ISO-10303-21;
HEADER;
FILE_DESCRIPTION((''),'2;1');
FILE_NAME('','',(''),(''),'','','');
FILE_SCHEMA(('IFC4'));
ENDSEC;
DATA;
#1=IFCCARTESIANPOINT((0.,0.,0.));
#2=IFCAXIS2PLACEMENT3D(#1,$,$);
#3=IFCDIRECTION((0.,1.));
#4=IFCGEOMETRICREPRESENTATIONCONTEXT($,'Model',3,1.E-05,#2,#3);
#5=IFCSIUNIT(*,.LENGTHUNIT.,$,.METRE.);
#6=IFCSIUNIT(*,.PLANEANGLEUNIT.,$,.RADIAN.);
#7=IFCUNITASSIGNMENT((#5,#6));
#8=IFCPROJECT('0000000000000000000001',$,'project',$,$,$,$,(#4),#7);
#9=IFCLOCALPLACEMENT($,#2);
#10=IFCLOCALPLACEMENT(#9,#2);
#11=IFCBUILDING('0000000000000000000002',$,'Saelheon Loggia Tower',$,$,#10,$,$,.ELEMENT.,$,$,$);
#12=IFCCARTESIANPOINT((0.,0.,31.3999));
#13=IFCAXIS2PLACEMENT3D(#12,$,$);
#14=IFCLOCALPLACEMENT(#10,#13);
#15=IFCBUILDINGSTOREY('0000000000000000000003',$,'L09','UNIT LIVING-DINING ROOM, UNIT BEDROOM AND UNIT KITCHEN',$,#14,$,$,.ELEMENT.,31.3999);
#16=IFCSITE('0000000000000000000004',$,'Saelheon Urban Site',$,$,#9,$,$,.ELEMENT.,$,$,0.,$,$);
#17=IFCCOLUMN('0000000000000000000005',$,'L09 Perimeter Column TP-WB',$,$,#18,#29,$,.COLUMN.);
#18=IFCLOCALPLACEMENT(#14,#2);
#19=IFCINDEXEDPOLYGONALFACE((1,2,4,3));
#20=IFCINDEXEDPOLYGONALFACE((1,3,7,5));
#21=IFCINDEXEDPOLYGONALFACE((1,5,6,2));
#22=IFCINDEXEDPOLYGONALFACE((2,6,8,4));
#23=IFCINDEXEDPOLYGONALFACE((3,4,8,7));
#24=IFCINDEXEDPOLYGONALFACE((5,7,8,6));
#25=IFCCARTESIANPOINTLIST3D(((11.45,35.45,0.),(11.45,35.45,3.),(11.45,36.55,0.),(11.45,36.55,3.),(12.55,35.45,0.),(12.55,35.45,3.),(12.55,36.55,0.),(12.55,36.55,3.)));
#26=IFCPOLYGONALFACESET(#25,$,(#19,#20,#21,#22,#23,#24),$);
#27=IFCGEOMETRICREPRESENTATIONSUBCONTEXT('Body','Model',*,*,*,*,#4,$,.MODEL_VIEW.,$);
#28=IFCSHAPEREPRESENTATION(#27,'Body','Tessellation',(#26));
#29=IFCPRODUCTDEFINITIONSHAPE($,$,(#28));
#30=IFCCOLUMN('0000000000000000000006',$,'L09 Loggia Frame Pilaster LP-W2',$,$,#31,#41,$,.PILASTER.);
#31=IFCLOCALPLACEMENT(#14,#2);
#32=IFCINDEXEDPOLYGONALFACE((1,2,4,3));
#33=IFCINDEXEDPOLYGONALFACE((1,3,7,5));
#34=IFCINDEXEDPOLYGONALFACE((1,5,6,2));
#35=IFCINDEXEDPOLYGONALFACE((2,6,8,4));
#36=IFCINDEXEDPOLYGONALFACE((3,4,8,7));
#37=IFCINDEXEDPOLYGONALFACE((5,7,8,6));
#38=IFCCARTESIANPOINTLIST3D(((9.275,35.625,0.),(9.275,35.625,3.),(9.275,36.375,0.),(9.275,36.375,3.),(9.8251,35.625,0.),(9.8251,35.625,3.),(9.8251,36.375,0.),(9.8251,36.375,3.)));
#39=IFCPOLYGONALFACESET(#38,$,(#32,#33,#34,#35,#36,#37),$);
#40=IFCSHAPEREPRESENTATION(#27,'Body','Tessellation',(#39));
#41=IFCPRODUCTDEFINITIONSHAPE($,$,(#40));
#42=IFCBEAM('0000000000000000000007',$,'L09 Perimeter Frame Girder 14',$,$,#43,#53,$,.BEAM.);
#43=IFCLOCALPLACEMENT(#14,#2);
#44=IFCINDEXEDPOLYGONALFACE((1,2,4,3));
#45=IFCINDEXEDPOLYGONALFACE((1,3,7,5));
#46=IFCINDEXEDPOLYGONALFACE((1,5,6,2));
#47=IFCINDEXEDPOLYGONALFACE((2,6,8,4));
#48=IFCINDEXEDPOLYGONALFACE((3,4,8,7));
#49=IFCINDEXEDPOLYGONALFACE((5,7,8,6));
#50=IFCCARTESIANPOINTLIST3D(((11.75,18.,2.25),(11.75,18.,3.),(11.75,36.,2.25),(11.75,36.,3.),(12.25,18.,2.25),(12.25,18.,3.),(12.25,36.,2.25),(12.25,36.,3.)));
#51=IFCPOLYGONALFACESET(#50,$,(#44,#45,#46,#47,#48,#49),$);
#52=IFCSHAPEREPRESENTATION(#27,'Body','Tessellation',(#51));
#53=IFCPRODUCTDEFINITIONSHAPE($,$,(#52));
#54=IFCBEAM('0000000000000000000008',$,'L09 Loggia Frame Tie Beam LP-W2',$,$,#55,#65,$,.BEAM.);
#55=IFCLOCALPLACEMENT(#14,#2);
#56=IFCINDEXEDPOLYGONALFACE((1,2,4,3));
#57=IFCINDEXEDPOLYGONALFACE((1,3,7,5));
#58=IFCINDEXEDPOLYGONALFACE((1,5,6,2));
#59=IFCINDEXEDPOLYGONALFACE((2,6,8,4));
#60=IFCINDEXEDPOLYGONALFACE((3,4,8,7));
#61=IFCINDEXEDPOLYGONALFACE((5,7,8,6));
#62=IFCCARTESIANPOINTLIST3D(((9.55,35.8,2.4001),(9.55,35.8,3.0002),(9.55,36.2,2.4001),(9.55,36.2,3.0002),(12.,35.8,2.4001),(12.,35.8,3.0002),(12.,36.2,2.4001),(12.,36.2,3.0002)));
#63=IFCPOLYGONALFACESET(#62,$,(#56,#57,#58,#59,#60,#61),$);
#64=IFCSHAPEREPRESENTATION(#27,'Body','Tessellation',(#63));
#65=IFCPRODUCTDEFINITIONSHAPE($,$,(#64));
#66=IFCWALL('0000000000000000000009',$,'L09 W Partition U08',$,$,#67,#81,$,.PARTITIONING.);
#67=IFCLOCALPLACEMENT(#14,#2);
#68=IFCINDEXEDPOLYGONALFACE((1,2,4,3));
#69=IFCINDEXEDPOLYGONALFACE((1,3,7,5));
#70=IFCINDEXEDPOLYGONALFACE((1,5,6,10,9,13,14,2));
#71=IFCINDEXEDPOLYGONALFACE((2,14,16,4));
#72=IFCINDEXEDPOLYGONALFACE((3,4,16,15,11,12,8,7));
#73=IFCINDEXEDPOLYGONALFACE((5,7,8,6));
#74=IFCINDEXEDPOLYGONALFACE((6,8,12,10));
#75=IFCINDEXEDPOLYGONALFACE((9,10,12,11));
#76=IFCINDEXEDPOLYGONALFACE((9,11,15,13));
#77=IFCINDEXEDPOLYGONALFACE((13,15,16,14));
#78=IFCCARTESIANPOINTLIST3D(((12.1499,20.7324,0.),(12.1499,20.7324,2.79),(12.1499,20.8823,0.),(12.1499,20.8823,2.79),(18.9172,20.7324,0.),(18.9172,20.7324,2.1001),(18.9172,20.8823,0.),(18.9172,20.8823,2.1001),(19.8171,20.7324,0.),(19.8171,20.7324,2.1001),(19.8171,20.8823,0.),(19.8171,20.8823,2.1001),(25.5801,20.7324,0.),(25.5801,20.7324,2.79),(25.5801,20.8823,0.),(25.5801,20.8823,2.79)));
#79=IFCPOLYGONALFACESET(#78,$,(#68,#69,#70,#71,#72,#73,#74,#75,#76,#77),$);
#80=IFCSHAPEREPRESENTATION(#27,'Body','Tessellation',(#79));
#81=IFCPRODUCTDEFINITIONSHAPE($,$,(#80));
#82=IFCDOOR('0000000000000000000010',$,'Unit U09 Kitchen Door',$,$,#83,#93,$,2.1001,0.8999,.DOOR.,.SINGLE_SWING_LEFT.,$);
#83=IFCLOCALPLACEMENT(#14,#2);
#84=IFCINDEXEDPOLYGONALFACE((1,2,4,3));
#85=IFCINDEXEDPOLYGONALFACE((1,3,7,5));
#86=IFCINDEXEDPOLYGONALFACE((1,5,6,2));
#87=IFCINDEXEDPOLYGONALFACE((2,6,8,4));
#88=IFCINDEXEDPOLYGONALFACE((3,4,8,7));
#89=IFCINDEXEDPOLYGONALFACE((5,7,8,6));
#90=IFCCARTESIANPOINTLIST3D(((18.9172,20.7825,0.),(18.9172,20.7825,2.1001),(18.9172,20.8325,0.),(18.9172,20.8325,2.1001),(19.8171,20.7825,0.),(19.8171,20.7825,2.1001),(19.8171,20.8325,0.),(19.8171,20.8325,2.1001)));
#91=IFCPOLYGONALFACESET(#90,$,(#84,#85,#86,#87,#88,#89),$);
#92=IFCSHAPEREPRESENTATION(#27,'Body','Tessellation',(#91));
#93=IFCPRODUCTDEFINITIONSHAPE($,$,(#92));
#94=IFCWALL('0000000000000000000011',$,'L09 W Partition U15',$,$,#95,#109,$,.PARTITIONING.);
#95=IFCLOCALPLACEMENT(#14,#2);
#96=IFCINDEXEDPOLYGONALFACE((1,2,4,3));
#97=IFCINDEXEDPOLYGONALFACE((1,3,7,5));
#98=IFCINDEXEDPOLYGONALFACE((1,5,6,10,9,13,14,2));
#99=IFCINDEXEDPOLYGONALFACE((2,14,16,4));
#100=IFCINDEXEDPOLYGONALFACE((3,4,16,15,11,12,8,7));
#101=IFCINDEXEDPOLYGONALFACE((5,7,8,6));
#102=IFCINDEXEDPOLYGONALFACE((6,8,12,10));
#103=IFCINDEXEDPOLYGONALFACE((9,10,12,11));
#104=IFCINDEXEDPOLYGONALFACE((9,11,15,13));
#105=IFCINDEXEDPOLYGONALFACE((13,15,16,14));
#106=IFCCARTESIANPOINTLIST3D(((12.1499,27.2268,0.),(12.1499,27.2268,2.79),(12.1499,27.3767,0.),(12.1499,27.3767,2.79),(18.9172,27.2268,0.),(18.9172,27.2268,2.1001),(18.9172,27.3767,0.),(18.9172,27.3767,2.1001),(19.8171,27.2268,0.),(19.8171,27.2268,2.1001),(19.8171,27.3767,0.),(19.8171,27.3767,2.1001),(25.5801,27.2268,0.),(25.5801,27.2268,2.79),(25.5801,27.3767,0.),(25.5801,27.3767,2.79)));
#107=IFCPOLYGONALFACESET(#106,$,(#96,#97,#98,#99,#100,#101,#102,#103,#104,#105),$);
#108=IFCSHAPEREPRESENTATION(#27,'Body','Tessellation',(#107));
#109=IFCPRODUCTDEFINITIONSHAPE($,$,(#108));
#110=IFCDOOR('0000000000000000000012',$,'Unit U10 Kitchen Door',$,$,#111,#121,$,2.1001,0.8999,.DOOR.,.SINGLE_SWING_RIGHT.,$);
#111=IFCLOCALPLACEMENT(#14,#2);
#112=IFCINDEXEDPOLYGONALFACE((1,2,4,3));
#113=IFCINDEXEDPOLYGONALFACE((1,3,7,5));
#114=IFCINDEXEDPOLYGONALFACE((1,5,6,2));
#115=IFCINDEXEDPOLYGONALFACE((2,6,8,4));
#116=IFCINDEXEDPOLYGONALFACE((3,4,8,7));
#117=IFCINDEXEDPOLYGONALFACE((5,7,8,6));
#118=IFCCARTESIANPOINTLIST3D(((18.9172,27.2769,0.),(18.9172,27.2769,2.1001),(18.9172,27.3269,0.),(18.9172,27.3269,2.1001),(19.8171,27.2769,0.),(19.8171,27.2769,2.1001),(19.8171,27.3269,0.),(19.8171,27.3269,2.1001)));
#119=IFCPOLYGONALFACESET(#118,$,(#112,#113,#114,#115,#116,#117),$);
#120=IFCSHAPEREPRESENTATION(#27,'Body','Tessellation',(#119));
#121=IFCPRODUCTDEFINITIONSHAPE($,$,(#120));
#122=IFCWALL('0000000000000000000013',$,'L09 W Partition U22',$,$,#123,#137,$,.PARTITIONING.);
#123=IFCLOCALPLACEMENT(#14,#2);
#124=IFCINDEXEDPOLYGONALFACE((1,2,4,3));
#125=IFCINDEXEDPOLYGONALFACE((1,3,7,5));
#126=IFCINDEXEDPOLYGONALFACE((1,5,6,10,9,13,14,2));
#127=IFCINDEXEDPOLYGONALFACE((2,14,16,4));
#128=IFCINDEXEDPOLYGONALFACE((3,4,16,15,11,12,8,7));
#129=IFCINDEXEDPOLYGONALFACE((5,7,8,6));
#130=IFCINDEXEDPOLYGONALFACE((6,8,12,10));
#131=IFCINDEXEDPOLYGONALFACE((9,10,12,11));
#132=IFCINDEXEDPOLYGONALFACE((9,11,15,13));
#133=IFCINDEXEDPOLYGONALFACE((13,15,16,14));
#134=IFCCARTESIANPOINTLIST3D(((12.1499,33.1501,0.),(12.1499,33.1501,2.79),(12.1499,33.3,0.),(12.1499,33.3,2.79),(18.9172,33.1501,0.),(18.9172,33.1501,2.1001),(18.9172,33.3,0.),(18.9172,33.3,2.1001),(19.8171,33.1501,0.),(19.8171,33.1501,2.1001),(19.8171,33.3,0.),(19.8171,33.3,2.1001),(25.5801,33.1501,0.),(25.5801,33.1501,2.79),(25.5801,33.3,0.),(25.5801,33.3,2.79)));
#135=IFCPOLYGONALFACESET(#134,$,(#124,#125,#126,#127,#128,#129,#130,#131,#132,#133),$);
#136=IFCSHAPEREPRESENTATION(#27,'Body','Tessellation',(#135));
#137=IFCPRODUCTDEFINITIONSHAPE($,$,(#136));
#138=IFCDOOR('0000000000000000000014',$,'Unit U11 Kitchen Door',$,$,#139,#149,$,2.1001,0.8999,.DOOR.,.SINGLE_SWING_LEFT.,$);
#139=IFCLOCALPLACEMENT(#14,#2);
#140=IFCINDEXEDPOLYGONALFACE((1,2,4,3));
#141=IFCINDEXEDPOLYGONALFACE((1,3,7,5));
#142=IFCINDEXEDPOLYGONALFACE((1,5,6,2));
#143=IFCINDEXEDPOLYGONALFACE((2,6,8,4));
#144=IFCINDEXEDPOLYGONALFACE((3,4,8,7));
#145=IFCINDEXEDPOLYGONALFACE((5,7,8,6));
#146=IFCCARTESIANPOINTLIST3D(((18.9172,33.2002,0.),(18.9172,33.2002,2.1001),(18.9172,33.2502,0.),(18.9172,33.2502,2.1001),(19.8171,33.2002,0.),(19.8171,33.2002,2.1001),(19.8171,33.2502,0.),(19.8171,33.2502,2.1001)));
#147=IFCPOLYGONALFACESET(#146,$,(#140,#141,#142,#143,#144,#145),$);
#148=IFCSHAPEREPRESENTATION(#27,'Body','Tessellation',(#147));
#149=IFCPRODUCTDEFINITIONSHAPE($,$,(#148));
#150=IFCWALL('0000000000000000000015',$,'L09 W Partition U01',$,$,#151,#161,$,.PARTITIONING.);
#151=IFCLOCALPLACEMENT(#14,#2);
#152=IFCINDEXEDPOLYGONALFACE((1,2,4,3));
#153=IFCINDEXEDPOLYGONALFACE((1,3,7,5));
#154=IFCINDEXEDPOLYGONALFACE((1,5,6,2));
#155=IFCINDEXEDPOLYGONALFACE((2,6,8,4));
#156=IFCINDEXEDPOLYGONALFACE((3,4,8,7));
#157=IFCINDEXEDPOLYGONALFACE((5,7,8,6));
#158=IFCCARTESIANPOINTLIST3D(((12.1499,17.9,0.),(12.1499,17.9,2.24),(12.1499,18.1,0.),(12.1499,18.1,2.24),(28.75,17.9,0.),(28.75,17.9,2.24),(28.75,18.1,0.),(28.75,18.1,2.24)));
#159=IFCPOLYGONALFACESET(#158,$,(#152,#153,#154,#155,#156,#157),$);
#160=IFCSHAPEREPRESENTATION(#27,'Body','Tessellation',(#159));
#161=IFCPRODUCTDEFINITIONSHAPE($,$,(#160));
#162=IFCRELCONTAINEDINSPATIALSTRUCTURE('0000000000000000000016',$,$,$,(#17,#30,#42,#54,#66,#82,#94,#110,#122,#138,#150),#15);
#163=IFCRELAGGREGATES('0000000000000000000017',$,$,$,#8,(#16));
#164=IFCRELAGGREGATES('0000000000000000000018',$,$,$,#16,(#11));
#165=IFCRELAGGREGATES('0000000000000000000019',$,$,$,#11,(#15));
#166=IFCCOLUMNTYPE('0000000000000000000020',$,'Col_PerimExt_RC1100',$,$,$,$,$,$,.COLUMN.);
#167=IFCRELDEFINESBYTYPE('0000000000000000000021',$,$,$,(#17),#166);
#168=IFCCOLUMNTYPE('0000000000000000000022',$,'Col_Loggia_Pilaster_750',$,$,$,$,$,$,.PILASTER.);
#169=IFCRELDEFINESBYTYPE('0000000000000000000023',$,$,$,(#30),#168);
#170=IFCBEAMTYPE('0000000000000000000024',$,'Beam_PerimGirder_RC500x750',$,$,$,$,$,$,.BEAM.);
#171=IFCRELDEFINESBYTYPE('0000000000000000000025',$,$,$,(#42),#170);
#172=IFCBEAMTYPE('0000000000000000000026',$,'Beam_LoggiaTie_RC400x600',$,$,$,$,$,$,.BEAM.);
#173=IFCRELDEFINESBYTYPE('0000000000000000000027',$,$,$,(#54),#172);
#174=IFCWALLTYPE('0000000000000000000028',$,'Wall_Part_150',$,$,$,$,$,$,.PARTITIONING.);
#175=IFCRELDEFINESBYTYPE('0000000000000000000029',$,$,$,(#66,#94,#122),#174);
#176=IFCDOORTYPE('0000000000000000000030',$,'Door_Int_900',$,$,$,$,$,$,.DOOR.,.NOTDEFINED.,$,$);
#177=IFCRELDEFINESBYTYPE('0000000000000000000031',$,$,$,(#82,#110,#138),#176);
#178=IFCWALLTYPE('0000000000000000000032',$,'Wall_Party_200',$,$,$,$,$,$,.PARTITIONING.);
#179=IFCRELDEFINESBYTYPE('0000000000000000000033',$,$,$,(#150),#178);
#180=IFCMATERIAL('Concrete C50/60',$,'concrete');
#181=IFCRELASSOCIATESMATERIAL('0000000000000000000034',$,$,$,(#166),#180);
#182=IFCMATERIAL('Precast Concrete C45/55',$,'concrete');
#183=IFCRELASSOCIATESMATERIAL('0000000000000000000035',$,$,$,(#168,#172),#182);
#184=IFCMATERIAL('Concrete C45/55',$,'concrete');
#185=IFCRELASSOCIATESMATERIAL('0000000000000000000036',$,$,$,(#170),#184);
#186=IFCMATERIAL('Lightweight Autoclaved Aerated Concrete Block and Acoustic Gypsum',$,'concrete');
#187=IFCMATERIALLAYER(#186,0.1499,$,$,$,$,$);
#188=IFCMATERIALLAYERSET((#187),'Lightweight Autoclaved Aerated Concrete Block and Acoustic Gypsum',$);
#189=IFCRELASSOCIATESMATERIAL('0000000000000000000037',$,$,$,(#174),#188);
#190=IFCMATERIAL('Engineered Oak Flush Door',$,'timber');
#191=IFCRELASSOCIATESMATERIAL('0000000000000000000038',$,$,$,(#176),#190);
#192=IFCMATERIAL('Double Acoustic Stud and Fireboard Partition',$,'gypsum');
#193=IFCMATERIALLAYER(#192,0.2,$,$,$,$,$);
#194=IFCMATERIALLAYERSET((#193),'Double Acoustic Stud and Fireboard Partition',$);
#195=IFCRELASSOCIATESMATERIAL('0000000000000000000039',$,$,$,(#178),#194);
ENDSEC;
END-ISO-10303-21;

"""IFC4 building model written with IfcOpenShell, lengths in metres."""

from ifc_helpers import new_model, si_unit, direction, frame, frame_2d, origin, origin_2d, place, context, subcontext, project, spatial, rectangle, extrude, source, transform, mapped, material, layer, layer_set, material_profile, profile_set, type_object, element, fill, save


model = new_model("IFC4")

# Units and contexts
model_context = context("Model", 3, precision=1e-05, world=origin(), true_north=direction((0.0, 1.0)))
body_context = subcontext(model_context, "Body", "Model", "MODEL_VIEW")
ifc_project = project(units=[si_unit("LENGTHUNIT", "METRE"), si_unit("PLANEANGLEUNIT", "RADIAN")], contexts=[model_context])

# Site, building, storey
site_placement = place(None, origin())
site = spatial("IfcSite", under=ifc_project, at=site_placement, Name="Saelheon Urban Site", CompositionType="ELEMENT", RefElevation=0.0)
building_placement = place(site_placement, origin())
building = spatial("IfcBuilding", under=site, at=building_placement, Name="Saelheon Loggia Tower", CompositionType="ELEMENT")
storey_placement = place(building_placement, frame((0.0, 0.0, 31.3999)))
storey = spatial("IfcBuildingStorey", under=building, at=storey_placement, Name="L09", Description="UNIT LIVING-DINING ROOM, UNIT BEDROOM AND UNIT KITCHEN", CompositionType="ELEMENT", Elevation=31.3999)

# Columns
ifc_material_1 = material(Name="Concrete C50/60", Category="concrete")
ifc_material_profile_1 = material_profile(ifc_material_1, rectangle(XDim=1.1001, YDim=1.1001, at=origin_2d()), Name="RC-1100x1100")
ifc_profile_set_1 = profile_set([ifc_material_profile_1], Name="Concrete C50/60")
column_type_1 = type_object("IfcColumnType", Name="Col_PerimExt_RC1100", PredefinedType="COLUMN", material=ifc_profile_set_1)
shared_shape_1 = source(origin(), body_context, "Body", "SweptSolid", [
    extrude(rectangle(XDim=1.1001, YDim=1.1001, at=origin_2d()), origin(), (0.0, 0.0, 1.0), 3.0),
])
column_1_placement = place(storey_placement, frame((12.0, 36.0, 0.0), z_axis=(0.0, 0.0, 1.0), x_axis=(1.0, 0.0, 0.0)))
element("IfcColumn", 1, at=column_1_placement, inside=storey, type_object=column_type_1, Name="L09 Perimeter Column TP-WB", PredefinedType="COLUMN", context=body_context, shape_type="MappedRepresentation", body=[
    mapped(shared_shape_1, transform((0.0, 0.0, 0.0), scale=1.0)),
])
ifc_material_2 = material(Name="Precast Concrete C45/55", Category="concrete")
ifc_material_profile_2 = material_profile(ifc_material_2, rectangle(XDim=0.55, YDim=0.75, at=origin_2d()), Name="RC-550x750")
ifc_profile_set_2 = profile_set([ifc_material_profile_2], Name="Precast Concrete C45/55")
column_type_2 = type_object("IfcColumnType", Name="Col_Loggia_Pilaster_750", PredefinedType="PILASTER", material=ifc_profile_set_2)
shared_shape_2 = source(origin(), body_context, "Body", "SweptSolid", [
    extrude(rectangle(XDim=0.55, YDim=0.75, at=origin_2d()), origin(), (0.0, 0.0, 1.0), 3.0),
])
column_2_placement = place(storey_placement, frame((9.55, 36.0, 0.0), z_axis=(0.0, 0.0, 1.0), x_axis=(1.0, 0.0, 0.0)))
element("IfcColumn", 2, at=column_2_placement, inside=storey, type_object=column_type_2, Name="L09 Loggia Frame Pilaster LP-W2", PredefinedType="PILASTER", context=body_context, shape_type="MappedRepresentation", body=[
    mapped(shared_shape_2, transform((0.0, 0.0, 0.0), scale=1.0)),
])

# Beams
ifc_material_3 = material(Name="Concrete C45/55", Category="concrete")
ifc_material_profile_3 = material_profile(ifc_material_3, rectangle(XDim=0.5, YDim=0.75, at=origin_2d()), Name="RC-500x750")
ifc_profile_set_3 = profile_set([ifc_material_profile_3], Name="Concrete C45/55")
beam_type_1 = type_object("IfcBeamType", Name="Beam_PerimGirder_RC500x750", PredefinedType="BEAM", material=ifc_profile_set_3)
shared_shape_3 = source(origin(), body_context, "Body", "SweptSolid", [
    extrude(rectangle(XDim=0.5, YDim=0.75, at=origin_2d()), origin(), (0.0, 0.0, 1.0), 18.0),
])
beam_1_placement = place(storey_placement, frame((12.0, 36.0, 2.625), z_axis=(0.0, -1.0, 0.0), x_axis=(1.0, 0.0, 0.0)))
element("IfcBeam", 3, at=beam_1_placement, inside=storey, type_object=beam_type_1, Name="L09 Perimeter Frame Girder 14", PredefinedType="BEAM", context=body_context, shape_type="MappedRepresentation", body=[
    mapped(shared_shape_3, transform((0.0, 0.0, 0.0), scale=1.0)),
])
ifc_material_profile_4 = material_profile(ifc_material_2, rectangle(XDim=0.3999, YDim=0.6001, at=origin_2d()), Name="RC-400x600")
ifc_profile_set_4 = profile_set([ifc_material_profile_4], Name="Precast Concrete C45/55")
beam_type_2 = type_object("IfcBeamType", Name="Beam_LoggiaTie_RC400x600", PredefinedType="BEAM", material=ifc_profile_set_4)
shared_shape_4 = source(origin(), body_context, "Body", "SweptSolid", [
    extrude(rectangle(XDim=0.3999, YDim=0.6001, at=origin_2d()), origin(), (0.0, 0.0, 1.0), 2.45),
])
beam_2_placement = place(storey_placement, frame((12.0, 36.0, 2.7002), z_axis=(-1.0, 0.0, 0.0), x_axis=(0.0, -1.0, 0.0)))
element("IfcBeam", 4, at=beam_2_placement, inside=storey, type_object=beam_type_2, Name="L09 Loggia Frame Tie Beam LP-W2", PredefinedType="BEAM", context=body_context, shape_type="MappedRepresentation", body=[
    mapped(shared_shape_4, transform((0.0, 0.0, 0.0), scale=1.0)),
])

# Walls, openings, doors
ifc_material_4 = material(Name="Lightweight Autoclaved Aerated Concrete Block and Acoustic Gypsum", Category="concrete")
ifc_layer_1 = layer(ifc_material_4, 0.1499)
ifc_layer_set_1 = layer_set([ifc_layer_1], Name="Lightweight Autoclaved Aerated Concrete Block and Acoustic Gypsum")
wall_type_1 = type_object("IfcWallType", Name="Wall_Part_150", PredefinedType="PARTITIONING", material=ifc_layer_set_1)
wall_1_placement = place(storey_placement, frame((25.5801, 20.8074, 0.0), z_axis=(0.0, 0.0, 1.0), x_axis=(-1.0, 0.0, 0.0)))
wall_1 = element("IfcWall", 5, at=wall_1_placement, inside=storey, type_object=wall_type_1, Name="L09 W Partition U08", PredefinedType="PARTITIONING", context=body_context, shape_type="SweptSolid", body=[
    extrude(rectangle(XDim=13.4302, YDim=0.1499, at=frame_2d((6.7151, 0.0))), origin(), (0.0, 0.0, 1.0), 2.79),
])
opening_1_placement = place(wall_1_placement, frame((5.7629, 0.0, 0.0)))
opening_1 = element("IfcOpeningElement", 6, at=opening_1_placement, cuts=wall_1, PredefinedType="OPENING", context=body_context, shape_type="SweptSolid", body=[
    extrude(rectangle(XDim=0.8999, YDim=2.1001, at=frame_2d((0.45, 1.05))), frame((0.0, 0.0869, 0.0), z_axis=(0.0, -1.0, 0.0), x_axis=(1.0, 0.0, 0.0)), (0.0, 0.0, 1.0), 0.1738),
])
ifc_material_5 = material(Name="Engineered Oak Flush Door", Category="timber")
door_type_1 = type_object("IfcDoorType", Name="Door_Int_900", OperationType="NOTDEFINED", PredefinedType="DOOR", material=ifc_material_5)
shared_shape_5 = source(origin(), body_context, "Body", "SweptSolid", [
    extrude(rectangle(XDim=0.8999, YDim=2.1001, at=frame_2d((0.45, 1.05))), frame((0.0, 0.0249, 0.0), z_axis=(0.0, -1.0, 0.0), x_axis=(1.0, 0.0, 0.0)), (0.0, 0.0, 1.0), 0.05),
])
door_1_placement = place(opening_1_placement, origin())
door_1 = element("IfcDoor", 7, at=door_1_placement, inside=storey, type_object=door_type_1, Name="Unit U09 Kitchen Door", OperationType="SINGLE_SWING_LEFT", OverallHeight=2.1001, OverallWidth=0.8999, PredefinedType="DOOR", context=body_context, shape_type="MappedRepresentation", body=[
    mapped(shared_shape_5, transform((0.0, 0.0, 0.0), scale=1.0)),
])
fill(opening_1, door_1)
wall_2_placement = place(storey_placement, frame((25.5801, 27.3018, 0.0), z_axis=(0.0, 0.0, 1.0), x_axis=(-1.0, 0.0, 0.0)))
wall_2 = element("IfcWall", 8, at=wall_2_placement, inside=storey, type_object=wall_type_1, Name="L09 W Partition U15", PredefinedType="PARTITIONING", context=body_context, shape_type="SweptSolid", body=[
    extrude(rectangle(XDim=13.4302, YDim=0.1499, at=frame_2d((6.7151, 0.0))), origin(), (0.0, 0.0, 1.0), 2.79),
])
opening_2_placement = place(wall_2_placement, frame((5.7629, 0.0, 0.0)))
opening_2 = element("IfcOpeningElement", 9, at=opening_2_placement, cuts=wall_2, PredefinedType="OPENING", context=body_context, shape_type="SweptSolid", body=[
    extrude(rectangle(XDim=0.8999, YDim=2.1001, at=frame_2d((0.45, 1.05))), frame((0.0, 0.0869, 0.0), z_axis=(0.0, -1.0, 0.0), x_axis=(1.0, 0.0, 0.0)), (0.0, 0.0, 1.0), 0.1738),
])
door_2_placement = place(opening_2_placement, origin())
door_2 = element("IfcDoor", 10, at=door_2_placement, inside=storey, type_object=door_type_1, Name="Unit U10 Kitchen Door", OperationType="SINGLE_SWING_RIGHT", OverallHeight=2.1001, OverallWidth=0.8999, PredefinedType="DOOR", context=body_context, shape_type="MappedRepresentation", body=[
    mapped(shared_shape_5, transform((0.0, 0.0, 0.0), scale=1.0)),
])
fill(opening_2, door_2)
wall_3_placement = place(storey_placement, frame((25.5801, 33.2251, 0.0), z_axis=(0.0, 0.0, 1.0), x_axis=(-1.0, 0.0, 0.0)))
wall_3 = element("IfcWall", 11, at=wall_3_placement, inside=storey, type_object=wall_type_1, Name="L09 W Partition U22", PredefinedType="PARTITIONING", context=body_context, shape_type="SweptSolid", body=[
    extrude(rectangle(XDim=13.4302, YDim=0.1499, at=frame_2d((6.7151, 0.0))), origin(), (0.0, 0.0, 1.0), 2.79),
])
opening_3_placement = place(wall_3_placement, frame((5.7629, 0.0, 0.0)))
opening_3 = element("IfcOpeningElement", 12, at=opening_3_placement, cuts=wall_3, PredefinedType="OPENING", context=body_context, shape_type="SweptSolid", body=[
    extrude(rectangle(XDim=0.8999, YDim=2.1001, at=frame_2d((0.45, 1.05))), frame((0.0, 0.0869, 0.0), z_axis=(0.0, -1.0, 0.0), x_axis=(1.0, 0.0, 0.0)), (0.0, 0.0, 1.0), 0.1738),
])
door_3_placement = place(opening_3_placement, origin())
door_3 = element("IfcDoor", 13, at=door_3_placement, inside=storey, type_object=door_type_1, Name="Unit U11 Kitchen Door", OperationType="SINGLE_SWING_LEFT", OverallHeight=2.1001, OverallWidth=0.8999, PredefinedType="DOOR", context=body_context, shape_type="MappedRepresentation", body=[
    mapped(shared_shape_5, transform((0.0, 0.0, 0.0), scale=1.0)),
])
fill(opening_3, door_3)

# Wall
ifc_material_6 = material(Name="Double Acoustic Stud and Fireboard Partition", Category="gypsum")
ifc_layer_2 = layer(ifc_material_6, 0.2)
ifc_layer_set_2 = layer_set([ifc_layer_2], Name="Double Acoustic Stud and Fireboard Partition")
wall_type_2 = type_object("IfcWallType", Name="Wall_Party_200", PredefinedType="PARTITIONING", material=ifc_layer_set_2)
wall_4_placement = place(storey_placement, frame((28.75, 18.0, 0.0), z_axis=(0.0, 0.0, 1.0), x_axis=(-1.0, 0.0, 0.0)))
element("IfcWall", 14, at=wall_4_placement, inside=storey, type_object=wall_type_2, Name="L09 W Partition U01", PredefinedType="PARTITIONING", context=body_context, shape_type="SweptSolid", body=[
    extrude(rectangle(XDim=16.6001, YDim=0.2, at=frame_2d((8.3, 0.0))), origin(), (0.0, 0.0, 1.0), 2.24),
])

save(model, "model.ifc")
